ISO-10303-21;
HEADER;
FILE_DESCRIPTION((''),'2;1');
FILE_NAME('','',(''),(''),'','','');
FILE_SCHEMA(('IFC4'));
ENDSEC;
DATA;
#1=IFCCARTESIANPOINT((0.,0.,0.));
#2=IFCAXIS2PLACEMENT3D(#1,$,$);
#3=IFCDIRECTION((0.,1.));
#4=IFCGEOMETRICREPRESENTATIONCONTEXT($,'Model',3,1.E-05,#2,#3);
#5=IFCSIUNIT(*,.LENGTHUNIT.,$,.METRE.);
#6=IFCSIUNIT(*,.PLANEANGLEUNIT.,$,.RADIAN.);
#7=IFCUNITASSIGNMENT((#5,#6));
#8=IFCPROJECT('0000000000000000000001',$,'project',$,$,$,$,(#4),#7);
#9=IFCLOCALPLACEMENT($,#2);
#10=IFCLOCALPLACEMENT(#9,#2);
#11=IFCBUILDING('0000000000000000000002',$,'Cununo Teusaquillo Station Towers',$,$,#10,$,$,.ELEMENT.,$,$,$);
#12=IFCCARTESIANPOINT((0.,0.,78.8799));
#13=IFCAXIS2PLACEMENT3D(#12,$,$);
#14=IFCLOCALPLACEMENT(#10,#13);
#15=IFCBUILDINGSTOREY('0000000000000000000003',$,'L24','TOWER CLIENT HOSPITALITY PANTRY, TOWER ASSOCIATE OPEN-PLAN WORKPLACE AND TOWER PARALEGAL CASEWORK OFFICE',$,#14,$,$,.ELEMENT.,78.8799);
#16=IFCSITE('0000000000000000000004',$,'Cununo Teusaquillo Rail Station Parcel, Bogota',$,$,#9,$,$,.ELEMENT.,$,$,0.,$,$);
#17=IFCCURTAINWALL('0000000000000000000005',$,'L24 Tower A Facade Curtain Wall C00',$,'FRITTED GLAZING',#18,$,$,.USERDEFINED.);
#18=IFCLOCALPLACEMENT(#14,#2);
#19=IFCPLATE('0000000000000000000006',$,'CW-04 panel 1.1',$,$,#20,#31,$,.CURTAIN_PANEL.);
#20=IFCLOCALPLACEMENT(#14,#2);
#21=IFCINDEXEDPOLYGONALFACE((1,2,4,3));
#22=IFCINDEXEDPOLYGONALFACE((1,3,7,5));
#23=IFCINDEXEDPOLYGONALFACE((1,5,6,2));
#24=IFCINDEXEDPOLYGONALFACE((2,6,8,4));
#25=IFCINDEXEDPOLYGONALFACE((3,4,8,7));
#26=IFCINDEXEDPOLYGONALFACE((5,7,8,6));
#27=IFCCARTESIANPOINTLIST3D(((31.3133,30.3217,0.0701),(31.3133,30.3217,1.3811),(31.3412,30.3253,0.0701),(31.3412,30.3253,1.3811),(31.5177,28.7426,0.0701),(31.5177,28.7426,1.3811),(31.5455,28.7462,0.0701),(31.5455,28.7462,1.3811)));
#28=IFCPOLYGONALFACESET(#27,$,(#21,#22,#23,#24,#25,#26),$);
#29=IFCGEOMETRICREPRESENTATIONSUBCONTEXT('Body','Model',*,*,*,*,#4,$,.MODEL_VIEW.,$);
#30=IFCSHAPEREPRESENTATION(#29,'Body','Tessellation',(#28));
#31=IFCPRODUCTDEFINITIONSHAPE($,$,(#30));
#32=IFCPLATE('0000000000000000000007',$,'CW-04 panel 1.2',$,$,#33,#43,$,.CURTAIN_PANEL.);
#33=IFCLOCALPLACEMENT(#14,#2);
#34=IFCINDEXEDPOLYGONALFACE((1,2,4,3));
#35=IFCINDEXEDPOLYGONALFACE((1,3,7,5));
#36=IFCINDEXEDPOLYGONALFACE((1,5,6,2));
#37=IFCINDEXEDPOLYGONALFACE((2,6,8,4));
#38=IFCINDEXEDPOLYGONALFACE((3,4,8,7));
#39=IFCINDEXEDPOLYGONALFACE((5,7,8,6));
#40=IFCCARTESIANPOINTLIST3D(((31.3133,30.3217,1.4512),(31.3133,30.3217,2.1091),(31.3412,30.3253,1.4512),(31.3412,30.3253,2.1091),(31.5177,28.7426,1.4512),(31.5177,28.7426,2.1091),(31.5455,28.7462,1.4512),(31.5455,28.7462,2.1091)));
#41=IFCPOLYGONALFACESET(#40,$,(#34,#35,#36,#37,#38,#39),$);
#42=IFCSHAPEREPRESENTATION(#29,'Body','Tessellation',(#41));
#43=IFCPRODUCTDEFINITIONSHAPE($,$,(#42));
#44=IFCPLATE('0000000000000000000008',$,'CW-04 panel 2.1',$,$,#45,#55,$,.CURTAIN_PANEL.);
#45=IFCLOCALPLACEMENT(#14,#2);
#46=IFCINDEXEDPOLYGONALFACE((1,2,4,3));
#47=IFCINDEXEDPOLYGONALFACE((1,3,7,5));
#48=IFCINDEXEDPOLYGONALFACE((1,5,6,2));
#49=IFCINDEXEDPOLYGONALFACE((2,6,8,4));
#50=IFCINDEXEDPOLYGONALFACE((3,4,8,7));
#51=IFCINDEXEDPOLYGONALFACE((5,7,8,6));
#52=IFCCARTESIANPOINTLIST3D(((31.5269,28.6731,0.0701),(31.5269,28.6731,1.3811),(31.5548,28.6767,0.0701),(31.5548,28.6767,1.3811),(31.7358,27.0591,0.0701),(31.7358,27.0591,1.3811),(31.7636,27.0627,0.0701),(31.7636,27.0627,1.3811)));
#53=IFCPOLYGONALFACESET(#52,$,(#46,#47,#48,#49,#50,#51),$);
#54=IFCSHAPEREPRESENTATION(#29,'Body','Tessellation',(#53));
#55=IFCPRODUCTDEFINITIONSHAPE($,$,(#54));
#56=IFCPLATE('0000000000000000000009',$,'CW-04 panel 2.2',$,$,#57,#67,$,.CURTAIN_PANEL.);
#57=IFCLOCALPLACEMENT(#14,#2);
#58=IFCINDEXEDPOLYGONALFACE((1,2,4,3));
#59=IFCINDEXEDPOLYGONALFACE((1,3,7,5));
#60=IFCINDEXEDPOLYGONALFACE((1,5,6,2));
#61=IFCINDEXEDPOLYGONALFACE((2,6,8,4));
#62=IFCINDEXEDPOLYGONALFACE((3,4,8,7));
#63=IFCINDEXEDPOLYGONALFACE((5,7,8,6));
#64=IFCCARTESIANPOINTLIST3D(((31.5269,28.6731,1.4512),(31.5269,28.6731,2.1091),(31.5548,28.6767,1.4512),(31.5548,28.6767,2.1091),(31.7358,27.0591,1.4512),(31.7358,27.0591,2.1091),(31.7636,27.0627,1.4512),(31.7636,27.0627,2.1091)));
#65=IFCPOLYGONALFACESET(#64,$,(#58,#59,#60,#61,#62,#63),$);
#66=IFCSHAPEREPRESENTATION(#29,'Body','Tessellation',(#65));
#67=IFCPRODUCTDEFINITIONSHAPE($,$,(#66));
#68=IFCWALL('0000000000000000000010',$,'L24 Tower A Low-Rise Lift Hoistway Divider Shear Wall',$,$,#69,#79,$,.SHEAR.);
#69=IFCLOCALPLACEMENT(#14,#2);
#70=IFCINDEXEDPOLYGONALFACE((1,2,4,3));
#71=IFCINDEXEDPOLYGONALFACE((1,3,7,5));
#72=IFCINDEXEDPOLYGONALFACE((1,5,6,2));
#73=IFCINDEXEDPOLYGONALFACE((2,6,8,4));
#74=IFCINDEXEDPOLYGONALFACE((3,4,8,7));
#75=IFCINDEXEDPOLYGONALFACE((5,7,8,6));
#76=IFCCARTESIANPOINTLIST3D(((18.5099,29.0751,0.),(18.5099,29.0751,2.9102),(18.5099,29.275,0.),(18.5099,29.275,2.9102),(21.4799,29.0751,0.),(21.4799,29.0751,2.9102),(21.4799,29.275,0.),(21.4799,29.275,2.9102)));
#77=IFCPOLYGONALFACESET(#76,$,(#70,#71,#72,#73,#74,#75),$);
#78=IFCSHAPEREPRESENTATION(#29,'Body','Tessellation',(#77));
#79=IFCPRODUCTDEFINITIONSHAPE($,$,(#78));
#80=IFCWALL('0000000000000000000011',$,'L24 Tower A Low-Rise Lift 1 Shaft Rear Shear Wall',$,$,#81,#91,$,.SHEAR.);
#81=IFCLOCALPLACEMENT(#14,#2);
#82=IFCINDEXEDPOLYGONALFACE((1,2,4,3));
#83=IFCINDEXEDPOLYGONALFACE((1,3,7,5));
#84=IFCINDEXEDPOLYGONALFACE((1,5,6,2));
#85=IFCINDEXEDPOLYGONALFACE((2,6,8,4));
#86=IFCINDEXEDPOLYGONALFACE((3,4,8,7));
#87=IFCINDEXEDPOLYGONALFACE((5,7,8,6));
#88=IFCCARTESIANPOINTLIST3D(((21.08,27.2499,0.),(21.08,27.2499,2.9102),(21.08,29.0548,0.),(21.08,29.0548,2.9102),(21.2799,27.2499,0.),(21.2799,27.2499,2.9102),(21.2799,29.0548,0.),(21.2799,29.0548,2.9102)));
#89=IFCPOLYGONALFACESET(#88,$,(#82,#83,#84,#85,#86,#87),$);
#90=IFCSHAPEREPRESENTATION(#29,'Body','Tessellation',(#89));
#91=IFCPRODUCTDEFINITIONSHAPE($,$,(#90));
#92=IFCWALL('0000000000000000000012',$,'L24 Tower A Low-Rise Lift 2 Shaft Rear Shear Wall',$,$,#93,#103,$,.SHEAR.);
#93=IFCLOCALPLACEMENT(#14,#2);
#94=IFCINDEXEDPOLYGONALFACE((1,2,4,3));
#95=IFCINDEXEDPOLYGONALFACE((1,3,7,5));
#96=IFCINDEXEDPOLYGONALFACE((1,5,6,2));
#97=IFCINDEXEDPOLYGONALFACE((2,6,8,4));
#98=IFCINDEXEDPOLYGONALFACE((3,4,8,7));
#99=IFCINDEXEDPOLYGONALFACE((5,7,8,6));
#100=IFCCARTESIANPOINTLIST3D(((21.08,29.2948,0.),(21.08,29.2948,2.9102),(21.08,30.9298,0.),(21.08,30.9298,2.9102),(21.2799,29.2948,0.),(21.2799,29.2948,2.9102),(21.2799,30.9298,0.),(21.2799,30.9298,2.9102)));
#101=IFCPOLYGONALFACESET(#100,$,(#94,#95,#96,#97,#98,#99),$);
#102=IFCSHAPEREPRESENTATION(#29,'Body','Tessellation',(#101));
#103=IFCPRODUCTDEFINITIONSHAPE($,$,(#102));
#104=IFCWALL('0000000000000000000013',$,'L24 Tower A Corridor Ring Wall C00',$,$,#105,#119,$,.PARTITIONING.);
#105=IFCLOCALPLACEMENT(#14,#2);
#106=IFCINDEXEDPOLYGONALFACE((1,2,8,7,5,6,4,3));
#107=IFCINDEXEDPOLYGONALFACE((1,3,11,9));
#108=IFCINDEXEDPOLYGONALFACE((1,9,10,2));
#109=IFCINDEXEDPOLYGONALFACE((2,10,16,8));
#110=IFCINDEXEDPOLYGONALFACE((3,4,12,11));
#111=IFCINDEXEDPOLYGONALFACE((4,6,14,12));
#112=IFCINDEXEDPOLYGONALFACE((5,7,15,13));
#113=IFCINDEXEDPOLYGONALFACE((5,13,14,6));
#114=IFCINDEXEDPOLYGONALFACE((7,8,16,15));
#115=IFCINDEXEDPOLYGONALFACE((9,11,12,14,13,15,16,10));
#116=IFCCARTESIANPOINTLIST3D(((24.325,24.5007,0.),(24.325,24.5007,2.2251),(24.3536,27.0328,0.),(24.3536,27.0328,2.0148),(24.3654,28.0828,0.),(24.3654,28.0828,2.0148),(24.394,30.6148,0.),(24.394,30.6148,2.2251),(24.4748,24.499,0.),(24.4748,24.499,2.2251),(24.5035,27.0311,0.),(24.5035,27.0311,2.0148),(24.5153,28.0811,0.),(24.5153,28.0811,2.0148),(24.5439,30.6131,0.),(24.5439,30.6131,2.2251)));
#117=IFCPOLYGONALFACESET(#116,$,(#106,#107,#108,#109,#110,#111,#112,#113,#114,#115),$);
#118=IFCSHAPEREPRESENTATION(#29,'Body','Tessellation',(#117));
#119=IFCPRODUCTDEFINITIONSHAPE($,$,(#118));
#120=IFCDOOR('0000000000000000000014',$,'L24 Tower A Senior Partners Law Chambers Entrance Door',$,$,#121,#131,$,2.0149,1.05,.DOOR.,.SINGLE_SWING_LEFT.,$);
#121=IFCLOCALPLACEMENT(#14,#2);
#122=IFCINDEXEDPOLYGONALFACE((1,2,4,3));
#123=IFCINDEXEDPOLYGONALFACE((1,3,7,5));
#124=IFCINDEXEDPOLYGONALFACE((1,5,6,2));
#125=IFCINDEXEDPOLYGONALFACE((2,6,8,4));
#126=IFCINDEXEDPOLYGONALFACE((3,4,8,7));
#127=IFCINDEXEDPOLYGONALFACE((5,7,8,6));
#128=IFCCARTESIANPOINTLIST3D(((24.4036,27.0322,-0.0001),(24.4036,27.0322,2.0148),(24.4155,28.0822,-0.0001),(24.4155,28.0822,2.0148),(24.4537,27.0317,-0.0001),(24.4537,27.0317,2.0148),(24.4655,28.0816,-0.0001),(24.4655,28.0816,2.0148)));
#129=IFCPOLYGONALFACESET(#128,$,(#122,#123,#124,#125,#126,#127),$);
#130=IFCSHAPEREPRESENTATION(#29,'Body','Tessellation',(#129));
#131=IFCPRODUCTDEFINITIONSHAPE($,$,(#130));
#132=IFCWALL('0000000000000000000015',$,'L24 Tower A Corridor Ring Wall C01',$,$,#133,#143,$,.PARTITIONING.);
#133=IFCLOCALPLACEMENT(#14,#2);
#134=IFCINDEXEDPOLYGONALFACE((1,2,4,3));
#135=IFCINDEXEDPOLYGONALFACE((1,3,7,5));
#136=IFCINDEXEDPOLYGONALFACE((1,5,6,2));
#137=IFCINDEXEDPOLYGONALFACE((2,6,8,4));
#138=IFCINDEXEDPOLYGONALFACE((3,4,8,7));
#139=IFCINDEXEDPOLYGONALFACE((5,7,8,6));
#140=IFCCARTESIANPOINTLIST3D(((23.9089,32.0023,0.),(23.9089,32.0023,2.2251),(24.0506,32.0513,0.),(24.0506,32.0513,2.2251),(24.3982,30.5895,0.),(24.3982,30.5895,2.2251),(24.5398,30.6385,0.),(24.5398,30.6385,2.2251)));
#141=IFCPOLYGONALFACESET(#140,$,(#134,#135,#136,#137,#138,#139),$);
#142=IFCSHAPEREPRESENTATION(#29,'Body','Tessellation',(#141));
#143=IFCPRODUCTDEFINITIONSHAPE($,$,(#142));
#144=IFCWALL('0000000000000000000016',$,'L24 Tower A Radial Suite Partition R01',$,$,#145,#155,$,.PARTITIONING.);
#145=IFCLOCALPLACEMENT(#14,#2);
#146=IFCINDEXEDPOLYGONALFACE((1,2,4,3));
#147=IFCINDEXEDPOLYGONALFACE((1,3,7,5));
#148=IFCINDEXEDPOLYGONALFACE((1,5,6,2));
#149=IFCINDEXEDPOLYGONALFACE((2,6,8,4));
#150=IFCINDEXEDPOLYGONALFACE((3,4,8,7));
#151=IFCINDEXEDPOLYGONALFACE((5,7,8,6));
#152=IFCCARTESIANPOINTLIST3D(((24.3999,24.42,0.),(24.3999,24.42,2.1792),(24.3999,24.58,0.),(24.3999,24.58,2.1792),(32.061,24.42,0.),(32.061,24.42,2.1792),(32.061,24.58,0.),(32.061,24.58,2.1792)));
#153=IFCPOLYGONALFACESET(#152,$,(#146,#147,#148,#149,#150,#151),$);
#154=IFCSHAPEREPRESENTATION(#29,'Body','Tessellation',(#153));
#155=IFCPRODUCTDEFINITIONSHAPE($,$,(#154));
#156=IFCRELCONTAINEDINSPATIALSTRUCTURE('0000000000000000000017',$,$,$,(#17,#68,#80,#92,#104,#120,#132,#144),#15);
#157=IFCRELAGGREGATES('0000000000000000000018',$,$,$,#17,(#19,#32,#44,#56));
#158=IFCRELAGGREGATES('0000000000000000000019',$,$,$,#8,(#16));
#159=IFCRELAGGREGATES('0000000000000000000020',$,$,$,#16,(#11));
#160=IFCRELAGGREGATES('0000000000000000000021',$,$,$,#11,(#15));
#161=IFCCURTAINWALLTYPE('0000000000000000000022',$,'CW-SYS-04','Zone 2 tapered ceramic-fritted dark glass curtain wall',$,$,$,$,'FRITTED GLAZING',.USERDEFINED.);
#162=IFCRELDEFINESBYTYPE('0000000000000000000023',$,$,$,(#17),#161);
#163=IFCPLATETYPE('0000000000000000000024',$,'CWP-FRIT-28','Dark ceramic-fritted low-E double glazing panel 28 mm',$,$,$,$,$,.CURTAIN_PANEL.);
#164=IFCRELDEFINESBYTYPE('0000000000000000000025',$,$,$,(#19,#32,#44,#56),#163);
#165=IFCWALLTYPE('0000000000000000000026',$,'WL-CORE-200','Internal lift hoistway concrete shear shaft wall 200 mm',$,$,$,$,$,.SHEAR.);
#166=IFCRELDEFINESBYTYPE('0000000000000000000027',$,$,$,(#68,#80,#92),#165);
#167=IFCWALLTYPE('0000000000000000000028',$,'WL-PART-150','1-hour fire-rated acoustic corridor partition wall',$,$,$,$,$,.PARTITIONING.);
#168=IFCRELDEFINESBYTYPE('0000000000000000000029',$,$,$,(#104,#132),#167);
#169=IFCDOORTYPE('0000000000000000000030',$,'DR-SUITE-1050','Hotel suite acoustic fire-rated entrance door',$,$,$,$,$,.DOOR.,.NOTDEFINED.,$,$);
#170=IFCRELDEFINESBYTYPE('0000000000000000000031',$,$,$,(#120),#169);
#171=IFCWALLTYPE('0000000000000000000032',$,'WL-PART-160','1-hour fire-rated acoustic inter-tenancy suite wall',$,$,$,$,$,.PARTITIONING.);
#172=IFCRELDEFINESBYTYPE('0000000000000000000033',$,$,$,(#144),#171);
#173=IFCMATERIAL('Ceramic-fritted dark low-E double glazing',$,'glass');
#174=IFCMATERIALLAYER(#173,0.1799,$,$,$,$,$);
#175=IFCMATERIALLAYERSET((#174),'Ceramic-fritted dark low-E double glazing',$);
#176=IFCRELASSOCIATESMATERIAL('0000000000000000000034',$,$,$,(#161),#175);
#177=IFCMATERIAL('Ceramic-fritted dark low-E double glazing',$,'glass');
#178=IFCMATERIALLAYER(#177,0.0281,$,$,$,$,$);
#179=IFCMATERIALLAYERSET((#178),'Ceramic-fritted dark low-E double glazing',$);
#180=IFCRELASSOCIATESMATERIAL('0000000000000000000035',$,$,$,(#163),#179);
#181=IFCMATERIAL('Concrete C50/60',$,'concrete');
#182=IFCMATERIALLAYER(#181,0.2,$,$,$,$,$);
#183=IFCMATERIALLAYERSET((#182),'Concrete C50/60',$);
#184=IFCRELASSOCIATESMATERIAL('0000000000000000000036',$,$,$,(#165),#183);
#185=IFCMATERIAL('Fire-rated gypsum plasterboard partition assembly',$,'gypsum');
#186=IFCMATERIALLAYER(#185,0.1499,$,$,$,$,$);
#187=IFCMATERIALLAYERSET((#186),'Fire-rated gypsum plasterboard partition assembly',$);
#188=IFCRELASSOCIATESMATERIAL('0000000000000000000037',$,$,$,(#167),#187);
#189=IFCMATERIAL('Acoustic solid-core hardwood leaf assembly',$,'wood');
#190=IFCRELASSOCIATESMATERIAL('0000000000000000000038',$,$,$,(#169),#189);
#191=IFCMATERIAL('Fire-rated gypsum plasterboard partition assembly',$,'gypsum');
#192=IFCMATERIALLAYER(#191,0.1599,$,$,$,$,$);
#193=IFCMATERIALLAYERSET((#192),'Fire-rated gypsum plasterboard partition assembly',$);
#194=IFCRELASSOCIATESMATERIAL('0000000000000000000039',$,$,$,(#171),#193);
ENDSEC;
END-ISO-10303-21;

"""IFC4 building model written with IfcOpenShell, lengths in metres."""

from ifc_helpers import new_model, si_unit, direction, frame, frame_2d, origin, origin_2d, place, context, subcontext, project, spatial, rectangle, extrude, source, transform, mapped, material, layer, layer_set, type_object, element, fill, aggregate, save


model = new_model("IFC4")

# Units and contexts
model_context = context("Model", 3, precision=1e-05, world=origin(), true_north=direction((0.0, 1.0)))
body_context = subcontext(model_context, "Body", "Model", "MODEL_VIEW")
ifc_project = project(units=[si_unit("LENGTHUNIT", "METRE"), si_unit("PLANEANGLEUNIT", "RADIAN")], contexts=[model_context])

# Site, building, storey
site_placement = place(None, origin())
site = spatial("IfcSite", under=ifc_project, at=site_placement, Name="Cununo Teusaquillo Rail Station Parcel, Bogota", CompositionType="ELEMENT", RefElevation=0.0)
building_placement = place(site_placement, origin())
building = spatial("IfcBuilding", under=site, at=building_placement, Name="Cununo Teusaquillo Station Towers", CompositionType="ELEMENT")
storey_placement = place(building_placement, frame((0.0, 0.0, 78.8799)))
storey = spatial("IfcBuildingStorey", under=building, at=storey_placement, Name="L24", Description="TOWER CLIENT HOSPITALITY PANTRY, TOWER ASSOCIATE OPEN-PLAN WORKPLACE AND TOWER PARALEGAL CASEWORK OFFICE", CompositionType="ELEMENT", Elevation=78.8799)

# Curtain wall, plates
ifc_material_1 = material(Name="Ceramic-fritted dark low-E double glazing", Category="glass")
ifc_layer_1 = layer(ifc_material_1, 0.1799)
ifc_layer_set_1 = layer_set([ifc_layer_1], Name="Ceramic-fritted dark low-E double glazing")
curtain_wall_type = type_object("IfcCurtainWallType", Name="CW-SYS-04", Description="Zone 2 tapered ceramic-fritted dark glass curtain wall", ElementType="FRITTED GLAZING", PredefinedType="USERDEFINED", material=ifc_layer_set_1)
curtain_wall_placement = place(storey_placement, origin())
curtain_wall = element("IfcCurtainWall", 1, at=curtain_wall_placement, inside=storey, type_object=curtain_wall_type, Name="L24 Tower A Facade Curtain Wall C00", ObjectType="FRITTED GLAZING", PredefinedType="USERDEFINED")
ifc_material_2 = material(Name="Ceramic-fritted dark low-E double glazing", Category="glass")
ifc_layer_2 = layer(ifc_material_2, 0.0281)
ifc_layer_set_2 = layer_set([ifc_layer_2], Name="Ceramic-fritted dark low-E double glazing")
plate_type = type_object("IfcPlateType", Name="CWP-FRIT-28", Description="Dark ceramic-fritted low-E double glazing panel 28 mm", PredefinedType="CURTAIN_PANEL", material=ifc_layer_set_2)
shared_shape_1 = source(origin(), body_context, "Body", "SweptSolid", [
    extrude(rectangle(XDim=1.5923, YDim=0.0281, at=origin_2d()), origin(), (0.0, 0.0, 1.0), 1.311),
])
plate_1_placement = place(storey_placement, frame((31.4294, 29.5339, 0.0701), z_axis=(0.0, 0.0, 1.0), x_axis=(0.128336, -0.991731, 0.0)))
plate_1 = element("IfcPlate", 2, at=plate_1_placement, type_object=plate_type, Name="CW-04 panel 1.1", PredefinedType="CURTAIN_PANEL", context=body_context, shape_type="MappedRepresentation", body=[
    mapped(shared_shape_1, transform((0.0, 0.0, 0.0), x_axis=(1.0, 0.0, 0.0), y_axis=(0.0, 1.0, 0.0), z_axis=(0.0, 0.0, 1.0), scale=1.0)),
])
shared_shape_2 = source(origin(), body_context, "Body", "SweptSolid", [
    extrude(rectangle(XDim=1.5923, YDim=0.0281, at=origin_2d()), origin(), (0.0, 0.0, 1.0), 0.658),
])
plate_2_placement = place(storey_placement, frame((31.4294, 29.5339, 1.4512), z_axis=(0.0, 0.0, 1.0), x_axis=(0.128336, -0.991731, 0.0)))
plate_2 = element("IfcPlate", 3, at=plate_2_placement, type_object=plate_type, Name="CW-04 panel 1.2", PredefinedType="CURTAIN_PANEL", context=body_context, shape_type="MappedRepresentation", body=[
    mapped(shared_shape_2, transform((0.0, 0.0, 0.0), x_axis=(1.0, 0.0, 0.0), y_axis=(0.0, 1.0, 0.0), z_axis=(0.0, 0.0, 1.0), scale=1.0)),
])
shared_shape_3 = source(origin(), body_context, "Body", "SweptSolid", [
    extrude(rectangle(XDim=1.6274, YDim=0.0281, at=origin_2d()), origin(), (0.0, 0.0, 1.0), 1.311),
])
plate_3_placement = place(storey_placement, frame((31.6453, 27.8679, 0.0701), z_axis=(0.0, 0.0, 1.0), x_axis=(0.128336, -0.991731, 0.0)))
plate_3 = element("IfcPlate", 4, at=plate_3_placement, type_object=plate_type, Name="CW-04 panel 2.1", PredefinedType="CURTAIN_PANEL", context=body_context, shape_type="MappedRepresentation", body=[
    mapped(shared_shape_3, transform((0.0, 0.0, 0.0), x_axis=(1.0, 0.0, 0.0), y_axis=(0.0, 1.0, 0.0), z_axis=(0.0, 0.0, 1.0), scale=1.0)),
])
shared_shape_4 = source(origin(), body_context, "Body", "SweptSolid", [
    extrude(rectangle(XDim=1.6274, YDim=0.0281, at=origin_2d()), origin(), (0.0, 0.0, 1.0), 0.658),
])
plate_4_placement = place(storey_placement, frame((31.6453, 27.8679, 1.4512), z_axis=(0.0, 0.0, 1.0), x_axis=(0.128336, -0.991731, 0.0)))
plate_4 = element("IfcPlate", 5, at=plate_4_placement, type_object=plate_type, Name="CW-04 panel 2.2", PredefinedType="CURTAIN_PANEL", context=body_context, shape_type="MappedRepresentation", body=[
    mapped(shared_shape_4, transform((0.0, 0.0, 0.0), x_axis=(1.0, 0.0, 0.0), y_axis=(0.0, 1.0, 0.0), z_axis=(0.0, 0.0, 1.0), scale=1.0)),
])
aggregate(curtain_wall, [plate_1, plate_2, plate_3, plate_4])

# Walls
ifc_material_3 = material(Name="Concrete C50/60", Category="concrete")
ifc_layer_3 = layer(ifc_material_3, 0.2)
ifc_layer_set_3 = layer_set([ifc_layer_3], Name="Concrete C50/60")
wall_type_1 = type_object("IfcWallType", Name="WL-CORE-200", Description="Internal lift hoistway concrete shear shaft wall 200 mm", PredefinedType="SHEAR", material=ifc_layer_set_3)
wall_1_placement = place(storey_placement, frame((18.51, 29.175, 0.0), z_axis=(0.0, 0.0, 1.0), x_axis=(1.0, 0.0, 0.0)))
element("IfcWall", 6, at=wall_1_placement, inside=storey, type_object=wall_type_1, Name="L24 Tower A Low-Rise Lift Hoistway Divider Shear Wall", PredefinedType="SHEAR", context=body_context, shape_type="SweptSolid", body=[
    extrude(rectangle(XDim=2.97, YDim=0.2, at=frame_2d((1.4849, 0.0))), origin(), (0.0, 0.0, 1.0), 2.9102),
])
wall_2_placement = place(storey_placement, frame((21.1799, 27.25, 0.0), z_axis=(0.0, 0.0, 1.0), x_axis=(0.0, 1.0, 0.0)))
element("IfcWall", 7, at=wall_2_placement, inside=storey, type_object=wall_type_1, Name="L24 Tower A Low-Rise Lift 1 Shaft Rear Shear Wall", PredefinedType="SHEAR", context=body_context, shape_type="SweptSolid", body=[
    extrude(rectangle(XDim=1.8049, YDim=0.2, at=frame_2d((0.9023, 0.0))), origin(), (0.0, 0.0, 1.0), 2.9102),
])
wall_3_placement = place(storey_placement, frame((21.1799, 29.2949, 0.0), z_axis=(0.0, 0.0, 1.0), x_axis=(0.0, 1.0, 0.0)))
element("IfcWall", 8, at=wall_3_placement, inside=storey, type_object=wall_type_1, Name="L24 Tower A Low-Rise Lift 2 Shaft Rear Shear Wall", PredefinedType="SHEAR", context=body_context, shape_type="SweptSolid", body=[
    extrude(rectangle(XDim=1.635, YDim=0.2, at=frame_2d((0.8174, 0.0))), origin(), (0.0, 0.0, 1.0), 2.9102),
])

# Wall, opening, door
ifc_material_4 = material(Name="Fire-rated gypsum plasterboard partition assembly", Category="gypsum")
ifc_layer_4 = layer(ifc_material_4, 0.1499)
ifc_layer_set_4 = layer_set([ifc_layer_4], Name="Fire-rated gypsum plasterboard partition assembly")
wall_type_2 = type_object("IfcWallType", Name="WL-PART-150", Description="1-hour fire-rated acoustic corridor partition wall", PredefinedType="PARTITIONING", material=ifc_layer_set_4)
wall_4_placement = place(storey_placement, frame((24.3999, 24.5, 0.0), z_axis=(0.0, 0.0, 1.0), x_axis=(0.0113, 0.999936, 0.0)))
wall_4 = element("IfcWall", 9, at=wall_4_placement, inside=storey, type_object=wall_type_2, Name="L24 Tower A Corridor Ring Wall C00", PredefinedType="PARTITIONING", context=body_context, shape_type="SweptSolid", body=[
    extrude(rectangle(XDim=6.1145, YDim=0.1499, at=frame_2d((3.0571, 0.0))), origin(), (0.0, 0.0, 1.0), 2.2251),
])
shared_shape_5 = source(origin(), body_context, "Body", "SweptSolid", [
    extrude(rectangle(XDim=1.05, YDim=2.0149, at=frame_2d((0.5249, 1.0073))), frame((0.0, 0.085, 0.0), z_axis=(0.0, -1.0, 0.0), x_axis=(1.0, 0.0, 0.0)), (0.0, 0.0, 1.0), 0.1699),
])
opening_placement = place(wall_4_placement, frame((2.5322, 0.0, 0.0)))
opening = element("IfcOpeningElement", 10, at=opening_placement, cuts=wall_4, PredefinedType="OPENING", context=body_context, shape_type="MappedRepresentation", body=[
    mapped(shared_shape_5, transform((0.0, 0.0, 0.0), x_axis=(1.0, 0.0, 0.0), y_axis=(0.0, 1.0, 0.0), z_axis=(0.0, 0.0, 1.0), scale=1.0)),
])
ifc_material_5 = material(Name="Acoustic solid-core hardwood leaf assembly", Category="wood")
door_type = type_object("IfcDoorType", Name="DR-SUITE-1050", Description="Hotel suite acoustic fire-rated entrance door", OperationType="NOTDEFINED", PredefinedType="DOOR", material=ifc_material_5)
shared_shape_6 = source(origin(), body_context, "Body", "SweptSolid", [
    extrude(rectangle(XDim=1.05, YDim=2.0149, at=frame_2d((0.5249, 1.0073))), frame((0.0, 0.0249, 0.0), z_axis=(0.0, -1.0, 0.0), x_axis=(1.0, 0.0, 0.0)), (0.0, 0.0, 1.0), 0.05),
])
door_placement = place(opening_placement, origin())
door = element("IfcDoor", 11, at=door_placement, inside=storey, type_object=door_type, Name="L24 Tower A Senior Partners Law Chambers Entrance Door", OperationType="SINGLE_SWING_LEFT", OverallHeight=2.0149, OverallWidth=1.05, PredefinedType="DOOR", context=body_context, shape_type="MappedRepresentation", body=[
    mapped(shared_shape_6, transform((0.0, 0.0, 0.0), x_axis=(1.0, 0.0, 0.0), y_axis=(0.0, 1.0, 0.0), z_axis=(0.0, 0.0, 1.0), scale=1.0)),
])
fill(opening, door)

# Walls
wall_5_placement = place(storey_placement, frame((24.469, 30.614, 0.0), z_axis=(0.0, 0.0, 1.0), x_axis=(-0.327228, 0.944945, 0.0)))
element("IfcWall", 12, at=wall_5_placement, inside=storey, type_object=wall_type_2, Name="L24 Tower A Corridor Ring Wall C01", PredefinedType="PARTITIONING", context=body_context, shape_type="SweptSolid", body=[
    extrude(rectangle(XDim=1.4951, YDim=0.1499, at=frame_2d((0.7476, 0.0))), origin(), (0.0, 0.0, 1.0), 2.2251),
])
ifc_material_6 = material(Name="Fire-rated gypsum plasterboard partition assembly", Category="gypsum")
ifc_layer_5 = layer(ifc_material_6, 0.1599)
ifc_layer_set_5 = layer_set([ifc_layer_5], Name="Fire-rated gypsum plasterboard partition assembly")
wall_type_3 = type_object("IfcWallType", Name="WL-PART-160", Description="1-hour fire-rated acoustic inter-tenancy suite wall", PredefinedType="PARTITIONING", material=ifc_layer_set_5)
wall_6_placement = place(storey_placement, frame((24.3999, 24.5, 0.0), z_axis=(0.0, 0.0, 1.0), x_axis=(1.0, 0.0, 0.0)))
element("IfcWall", 13, at=wall_6_placement, inside=storey, type_object=wall_type_3, Name="L24 Tower A Radial Suite Partition R01", PredefinedType="PARTITIONING", context=body_context, shape_type="SweptSolid", body=[
    extrude(rectangle(XDim=7.6611, YDim=0.1599, at=frame_2d((3.8306, 0.0))), origin(), (0.0, 0.0, 1.0), 2.1792),
])

save(model, "model.ifc")
